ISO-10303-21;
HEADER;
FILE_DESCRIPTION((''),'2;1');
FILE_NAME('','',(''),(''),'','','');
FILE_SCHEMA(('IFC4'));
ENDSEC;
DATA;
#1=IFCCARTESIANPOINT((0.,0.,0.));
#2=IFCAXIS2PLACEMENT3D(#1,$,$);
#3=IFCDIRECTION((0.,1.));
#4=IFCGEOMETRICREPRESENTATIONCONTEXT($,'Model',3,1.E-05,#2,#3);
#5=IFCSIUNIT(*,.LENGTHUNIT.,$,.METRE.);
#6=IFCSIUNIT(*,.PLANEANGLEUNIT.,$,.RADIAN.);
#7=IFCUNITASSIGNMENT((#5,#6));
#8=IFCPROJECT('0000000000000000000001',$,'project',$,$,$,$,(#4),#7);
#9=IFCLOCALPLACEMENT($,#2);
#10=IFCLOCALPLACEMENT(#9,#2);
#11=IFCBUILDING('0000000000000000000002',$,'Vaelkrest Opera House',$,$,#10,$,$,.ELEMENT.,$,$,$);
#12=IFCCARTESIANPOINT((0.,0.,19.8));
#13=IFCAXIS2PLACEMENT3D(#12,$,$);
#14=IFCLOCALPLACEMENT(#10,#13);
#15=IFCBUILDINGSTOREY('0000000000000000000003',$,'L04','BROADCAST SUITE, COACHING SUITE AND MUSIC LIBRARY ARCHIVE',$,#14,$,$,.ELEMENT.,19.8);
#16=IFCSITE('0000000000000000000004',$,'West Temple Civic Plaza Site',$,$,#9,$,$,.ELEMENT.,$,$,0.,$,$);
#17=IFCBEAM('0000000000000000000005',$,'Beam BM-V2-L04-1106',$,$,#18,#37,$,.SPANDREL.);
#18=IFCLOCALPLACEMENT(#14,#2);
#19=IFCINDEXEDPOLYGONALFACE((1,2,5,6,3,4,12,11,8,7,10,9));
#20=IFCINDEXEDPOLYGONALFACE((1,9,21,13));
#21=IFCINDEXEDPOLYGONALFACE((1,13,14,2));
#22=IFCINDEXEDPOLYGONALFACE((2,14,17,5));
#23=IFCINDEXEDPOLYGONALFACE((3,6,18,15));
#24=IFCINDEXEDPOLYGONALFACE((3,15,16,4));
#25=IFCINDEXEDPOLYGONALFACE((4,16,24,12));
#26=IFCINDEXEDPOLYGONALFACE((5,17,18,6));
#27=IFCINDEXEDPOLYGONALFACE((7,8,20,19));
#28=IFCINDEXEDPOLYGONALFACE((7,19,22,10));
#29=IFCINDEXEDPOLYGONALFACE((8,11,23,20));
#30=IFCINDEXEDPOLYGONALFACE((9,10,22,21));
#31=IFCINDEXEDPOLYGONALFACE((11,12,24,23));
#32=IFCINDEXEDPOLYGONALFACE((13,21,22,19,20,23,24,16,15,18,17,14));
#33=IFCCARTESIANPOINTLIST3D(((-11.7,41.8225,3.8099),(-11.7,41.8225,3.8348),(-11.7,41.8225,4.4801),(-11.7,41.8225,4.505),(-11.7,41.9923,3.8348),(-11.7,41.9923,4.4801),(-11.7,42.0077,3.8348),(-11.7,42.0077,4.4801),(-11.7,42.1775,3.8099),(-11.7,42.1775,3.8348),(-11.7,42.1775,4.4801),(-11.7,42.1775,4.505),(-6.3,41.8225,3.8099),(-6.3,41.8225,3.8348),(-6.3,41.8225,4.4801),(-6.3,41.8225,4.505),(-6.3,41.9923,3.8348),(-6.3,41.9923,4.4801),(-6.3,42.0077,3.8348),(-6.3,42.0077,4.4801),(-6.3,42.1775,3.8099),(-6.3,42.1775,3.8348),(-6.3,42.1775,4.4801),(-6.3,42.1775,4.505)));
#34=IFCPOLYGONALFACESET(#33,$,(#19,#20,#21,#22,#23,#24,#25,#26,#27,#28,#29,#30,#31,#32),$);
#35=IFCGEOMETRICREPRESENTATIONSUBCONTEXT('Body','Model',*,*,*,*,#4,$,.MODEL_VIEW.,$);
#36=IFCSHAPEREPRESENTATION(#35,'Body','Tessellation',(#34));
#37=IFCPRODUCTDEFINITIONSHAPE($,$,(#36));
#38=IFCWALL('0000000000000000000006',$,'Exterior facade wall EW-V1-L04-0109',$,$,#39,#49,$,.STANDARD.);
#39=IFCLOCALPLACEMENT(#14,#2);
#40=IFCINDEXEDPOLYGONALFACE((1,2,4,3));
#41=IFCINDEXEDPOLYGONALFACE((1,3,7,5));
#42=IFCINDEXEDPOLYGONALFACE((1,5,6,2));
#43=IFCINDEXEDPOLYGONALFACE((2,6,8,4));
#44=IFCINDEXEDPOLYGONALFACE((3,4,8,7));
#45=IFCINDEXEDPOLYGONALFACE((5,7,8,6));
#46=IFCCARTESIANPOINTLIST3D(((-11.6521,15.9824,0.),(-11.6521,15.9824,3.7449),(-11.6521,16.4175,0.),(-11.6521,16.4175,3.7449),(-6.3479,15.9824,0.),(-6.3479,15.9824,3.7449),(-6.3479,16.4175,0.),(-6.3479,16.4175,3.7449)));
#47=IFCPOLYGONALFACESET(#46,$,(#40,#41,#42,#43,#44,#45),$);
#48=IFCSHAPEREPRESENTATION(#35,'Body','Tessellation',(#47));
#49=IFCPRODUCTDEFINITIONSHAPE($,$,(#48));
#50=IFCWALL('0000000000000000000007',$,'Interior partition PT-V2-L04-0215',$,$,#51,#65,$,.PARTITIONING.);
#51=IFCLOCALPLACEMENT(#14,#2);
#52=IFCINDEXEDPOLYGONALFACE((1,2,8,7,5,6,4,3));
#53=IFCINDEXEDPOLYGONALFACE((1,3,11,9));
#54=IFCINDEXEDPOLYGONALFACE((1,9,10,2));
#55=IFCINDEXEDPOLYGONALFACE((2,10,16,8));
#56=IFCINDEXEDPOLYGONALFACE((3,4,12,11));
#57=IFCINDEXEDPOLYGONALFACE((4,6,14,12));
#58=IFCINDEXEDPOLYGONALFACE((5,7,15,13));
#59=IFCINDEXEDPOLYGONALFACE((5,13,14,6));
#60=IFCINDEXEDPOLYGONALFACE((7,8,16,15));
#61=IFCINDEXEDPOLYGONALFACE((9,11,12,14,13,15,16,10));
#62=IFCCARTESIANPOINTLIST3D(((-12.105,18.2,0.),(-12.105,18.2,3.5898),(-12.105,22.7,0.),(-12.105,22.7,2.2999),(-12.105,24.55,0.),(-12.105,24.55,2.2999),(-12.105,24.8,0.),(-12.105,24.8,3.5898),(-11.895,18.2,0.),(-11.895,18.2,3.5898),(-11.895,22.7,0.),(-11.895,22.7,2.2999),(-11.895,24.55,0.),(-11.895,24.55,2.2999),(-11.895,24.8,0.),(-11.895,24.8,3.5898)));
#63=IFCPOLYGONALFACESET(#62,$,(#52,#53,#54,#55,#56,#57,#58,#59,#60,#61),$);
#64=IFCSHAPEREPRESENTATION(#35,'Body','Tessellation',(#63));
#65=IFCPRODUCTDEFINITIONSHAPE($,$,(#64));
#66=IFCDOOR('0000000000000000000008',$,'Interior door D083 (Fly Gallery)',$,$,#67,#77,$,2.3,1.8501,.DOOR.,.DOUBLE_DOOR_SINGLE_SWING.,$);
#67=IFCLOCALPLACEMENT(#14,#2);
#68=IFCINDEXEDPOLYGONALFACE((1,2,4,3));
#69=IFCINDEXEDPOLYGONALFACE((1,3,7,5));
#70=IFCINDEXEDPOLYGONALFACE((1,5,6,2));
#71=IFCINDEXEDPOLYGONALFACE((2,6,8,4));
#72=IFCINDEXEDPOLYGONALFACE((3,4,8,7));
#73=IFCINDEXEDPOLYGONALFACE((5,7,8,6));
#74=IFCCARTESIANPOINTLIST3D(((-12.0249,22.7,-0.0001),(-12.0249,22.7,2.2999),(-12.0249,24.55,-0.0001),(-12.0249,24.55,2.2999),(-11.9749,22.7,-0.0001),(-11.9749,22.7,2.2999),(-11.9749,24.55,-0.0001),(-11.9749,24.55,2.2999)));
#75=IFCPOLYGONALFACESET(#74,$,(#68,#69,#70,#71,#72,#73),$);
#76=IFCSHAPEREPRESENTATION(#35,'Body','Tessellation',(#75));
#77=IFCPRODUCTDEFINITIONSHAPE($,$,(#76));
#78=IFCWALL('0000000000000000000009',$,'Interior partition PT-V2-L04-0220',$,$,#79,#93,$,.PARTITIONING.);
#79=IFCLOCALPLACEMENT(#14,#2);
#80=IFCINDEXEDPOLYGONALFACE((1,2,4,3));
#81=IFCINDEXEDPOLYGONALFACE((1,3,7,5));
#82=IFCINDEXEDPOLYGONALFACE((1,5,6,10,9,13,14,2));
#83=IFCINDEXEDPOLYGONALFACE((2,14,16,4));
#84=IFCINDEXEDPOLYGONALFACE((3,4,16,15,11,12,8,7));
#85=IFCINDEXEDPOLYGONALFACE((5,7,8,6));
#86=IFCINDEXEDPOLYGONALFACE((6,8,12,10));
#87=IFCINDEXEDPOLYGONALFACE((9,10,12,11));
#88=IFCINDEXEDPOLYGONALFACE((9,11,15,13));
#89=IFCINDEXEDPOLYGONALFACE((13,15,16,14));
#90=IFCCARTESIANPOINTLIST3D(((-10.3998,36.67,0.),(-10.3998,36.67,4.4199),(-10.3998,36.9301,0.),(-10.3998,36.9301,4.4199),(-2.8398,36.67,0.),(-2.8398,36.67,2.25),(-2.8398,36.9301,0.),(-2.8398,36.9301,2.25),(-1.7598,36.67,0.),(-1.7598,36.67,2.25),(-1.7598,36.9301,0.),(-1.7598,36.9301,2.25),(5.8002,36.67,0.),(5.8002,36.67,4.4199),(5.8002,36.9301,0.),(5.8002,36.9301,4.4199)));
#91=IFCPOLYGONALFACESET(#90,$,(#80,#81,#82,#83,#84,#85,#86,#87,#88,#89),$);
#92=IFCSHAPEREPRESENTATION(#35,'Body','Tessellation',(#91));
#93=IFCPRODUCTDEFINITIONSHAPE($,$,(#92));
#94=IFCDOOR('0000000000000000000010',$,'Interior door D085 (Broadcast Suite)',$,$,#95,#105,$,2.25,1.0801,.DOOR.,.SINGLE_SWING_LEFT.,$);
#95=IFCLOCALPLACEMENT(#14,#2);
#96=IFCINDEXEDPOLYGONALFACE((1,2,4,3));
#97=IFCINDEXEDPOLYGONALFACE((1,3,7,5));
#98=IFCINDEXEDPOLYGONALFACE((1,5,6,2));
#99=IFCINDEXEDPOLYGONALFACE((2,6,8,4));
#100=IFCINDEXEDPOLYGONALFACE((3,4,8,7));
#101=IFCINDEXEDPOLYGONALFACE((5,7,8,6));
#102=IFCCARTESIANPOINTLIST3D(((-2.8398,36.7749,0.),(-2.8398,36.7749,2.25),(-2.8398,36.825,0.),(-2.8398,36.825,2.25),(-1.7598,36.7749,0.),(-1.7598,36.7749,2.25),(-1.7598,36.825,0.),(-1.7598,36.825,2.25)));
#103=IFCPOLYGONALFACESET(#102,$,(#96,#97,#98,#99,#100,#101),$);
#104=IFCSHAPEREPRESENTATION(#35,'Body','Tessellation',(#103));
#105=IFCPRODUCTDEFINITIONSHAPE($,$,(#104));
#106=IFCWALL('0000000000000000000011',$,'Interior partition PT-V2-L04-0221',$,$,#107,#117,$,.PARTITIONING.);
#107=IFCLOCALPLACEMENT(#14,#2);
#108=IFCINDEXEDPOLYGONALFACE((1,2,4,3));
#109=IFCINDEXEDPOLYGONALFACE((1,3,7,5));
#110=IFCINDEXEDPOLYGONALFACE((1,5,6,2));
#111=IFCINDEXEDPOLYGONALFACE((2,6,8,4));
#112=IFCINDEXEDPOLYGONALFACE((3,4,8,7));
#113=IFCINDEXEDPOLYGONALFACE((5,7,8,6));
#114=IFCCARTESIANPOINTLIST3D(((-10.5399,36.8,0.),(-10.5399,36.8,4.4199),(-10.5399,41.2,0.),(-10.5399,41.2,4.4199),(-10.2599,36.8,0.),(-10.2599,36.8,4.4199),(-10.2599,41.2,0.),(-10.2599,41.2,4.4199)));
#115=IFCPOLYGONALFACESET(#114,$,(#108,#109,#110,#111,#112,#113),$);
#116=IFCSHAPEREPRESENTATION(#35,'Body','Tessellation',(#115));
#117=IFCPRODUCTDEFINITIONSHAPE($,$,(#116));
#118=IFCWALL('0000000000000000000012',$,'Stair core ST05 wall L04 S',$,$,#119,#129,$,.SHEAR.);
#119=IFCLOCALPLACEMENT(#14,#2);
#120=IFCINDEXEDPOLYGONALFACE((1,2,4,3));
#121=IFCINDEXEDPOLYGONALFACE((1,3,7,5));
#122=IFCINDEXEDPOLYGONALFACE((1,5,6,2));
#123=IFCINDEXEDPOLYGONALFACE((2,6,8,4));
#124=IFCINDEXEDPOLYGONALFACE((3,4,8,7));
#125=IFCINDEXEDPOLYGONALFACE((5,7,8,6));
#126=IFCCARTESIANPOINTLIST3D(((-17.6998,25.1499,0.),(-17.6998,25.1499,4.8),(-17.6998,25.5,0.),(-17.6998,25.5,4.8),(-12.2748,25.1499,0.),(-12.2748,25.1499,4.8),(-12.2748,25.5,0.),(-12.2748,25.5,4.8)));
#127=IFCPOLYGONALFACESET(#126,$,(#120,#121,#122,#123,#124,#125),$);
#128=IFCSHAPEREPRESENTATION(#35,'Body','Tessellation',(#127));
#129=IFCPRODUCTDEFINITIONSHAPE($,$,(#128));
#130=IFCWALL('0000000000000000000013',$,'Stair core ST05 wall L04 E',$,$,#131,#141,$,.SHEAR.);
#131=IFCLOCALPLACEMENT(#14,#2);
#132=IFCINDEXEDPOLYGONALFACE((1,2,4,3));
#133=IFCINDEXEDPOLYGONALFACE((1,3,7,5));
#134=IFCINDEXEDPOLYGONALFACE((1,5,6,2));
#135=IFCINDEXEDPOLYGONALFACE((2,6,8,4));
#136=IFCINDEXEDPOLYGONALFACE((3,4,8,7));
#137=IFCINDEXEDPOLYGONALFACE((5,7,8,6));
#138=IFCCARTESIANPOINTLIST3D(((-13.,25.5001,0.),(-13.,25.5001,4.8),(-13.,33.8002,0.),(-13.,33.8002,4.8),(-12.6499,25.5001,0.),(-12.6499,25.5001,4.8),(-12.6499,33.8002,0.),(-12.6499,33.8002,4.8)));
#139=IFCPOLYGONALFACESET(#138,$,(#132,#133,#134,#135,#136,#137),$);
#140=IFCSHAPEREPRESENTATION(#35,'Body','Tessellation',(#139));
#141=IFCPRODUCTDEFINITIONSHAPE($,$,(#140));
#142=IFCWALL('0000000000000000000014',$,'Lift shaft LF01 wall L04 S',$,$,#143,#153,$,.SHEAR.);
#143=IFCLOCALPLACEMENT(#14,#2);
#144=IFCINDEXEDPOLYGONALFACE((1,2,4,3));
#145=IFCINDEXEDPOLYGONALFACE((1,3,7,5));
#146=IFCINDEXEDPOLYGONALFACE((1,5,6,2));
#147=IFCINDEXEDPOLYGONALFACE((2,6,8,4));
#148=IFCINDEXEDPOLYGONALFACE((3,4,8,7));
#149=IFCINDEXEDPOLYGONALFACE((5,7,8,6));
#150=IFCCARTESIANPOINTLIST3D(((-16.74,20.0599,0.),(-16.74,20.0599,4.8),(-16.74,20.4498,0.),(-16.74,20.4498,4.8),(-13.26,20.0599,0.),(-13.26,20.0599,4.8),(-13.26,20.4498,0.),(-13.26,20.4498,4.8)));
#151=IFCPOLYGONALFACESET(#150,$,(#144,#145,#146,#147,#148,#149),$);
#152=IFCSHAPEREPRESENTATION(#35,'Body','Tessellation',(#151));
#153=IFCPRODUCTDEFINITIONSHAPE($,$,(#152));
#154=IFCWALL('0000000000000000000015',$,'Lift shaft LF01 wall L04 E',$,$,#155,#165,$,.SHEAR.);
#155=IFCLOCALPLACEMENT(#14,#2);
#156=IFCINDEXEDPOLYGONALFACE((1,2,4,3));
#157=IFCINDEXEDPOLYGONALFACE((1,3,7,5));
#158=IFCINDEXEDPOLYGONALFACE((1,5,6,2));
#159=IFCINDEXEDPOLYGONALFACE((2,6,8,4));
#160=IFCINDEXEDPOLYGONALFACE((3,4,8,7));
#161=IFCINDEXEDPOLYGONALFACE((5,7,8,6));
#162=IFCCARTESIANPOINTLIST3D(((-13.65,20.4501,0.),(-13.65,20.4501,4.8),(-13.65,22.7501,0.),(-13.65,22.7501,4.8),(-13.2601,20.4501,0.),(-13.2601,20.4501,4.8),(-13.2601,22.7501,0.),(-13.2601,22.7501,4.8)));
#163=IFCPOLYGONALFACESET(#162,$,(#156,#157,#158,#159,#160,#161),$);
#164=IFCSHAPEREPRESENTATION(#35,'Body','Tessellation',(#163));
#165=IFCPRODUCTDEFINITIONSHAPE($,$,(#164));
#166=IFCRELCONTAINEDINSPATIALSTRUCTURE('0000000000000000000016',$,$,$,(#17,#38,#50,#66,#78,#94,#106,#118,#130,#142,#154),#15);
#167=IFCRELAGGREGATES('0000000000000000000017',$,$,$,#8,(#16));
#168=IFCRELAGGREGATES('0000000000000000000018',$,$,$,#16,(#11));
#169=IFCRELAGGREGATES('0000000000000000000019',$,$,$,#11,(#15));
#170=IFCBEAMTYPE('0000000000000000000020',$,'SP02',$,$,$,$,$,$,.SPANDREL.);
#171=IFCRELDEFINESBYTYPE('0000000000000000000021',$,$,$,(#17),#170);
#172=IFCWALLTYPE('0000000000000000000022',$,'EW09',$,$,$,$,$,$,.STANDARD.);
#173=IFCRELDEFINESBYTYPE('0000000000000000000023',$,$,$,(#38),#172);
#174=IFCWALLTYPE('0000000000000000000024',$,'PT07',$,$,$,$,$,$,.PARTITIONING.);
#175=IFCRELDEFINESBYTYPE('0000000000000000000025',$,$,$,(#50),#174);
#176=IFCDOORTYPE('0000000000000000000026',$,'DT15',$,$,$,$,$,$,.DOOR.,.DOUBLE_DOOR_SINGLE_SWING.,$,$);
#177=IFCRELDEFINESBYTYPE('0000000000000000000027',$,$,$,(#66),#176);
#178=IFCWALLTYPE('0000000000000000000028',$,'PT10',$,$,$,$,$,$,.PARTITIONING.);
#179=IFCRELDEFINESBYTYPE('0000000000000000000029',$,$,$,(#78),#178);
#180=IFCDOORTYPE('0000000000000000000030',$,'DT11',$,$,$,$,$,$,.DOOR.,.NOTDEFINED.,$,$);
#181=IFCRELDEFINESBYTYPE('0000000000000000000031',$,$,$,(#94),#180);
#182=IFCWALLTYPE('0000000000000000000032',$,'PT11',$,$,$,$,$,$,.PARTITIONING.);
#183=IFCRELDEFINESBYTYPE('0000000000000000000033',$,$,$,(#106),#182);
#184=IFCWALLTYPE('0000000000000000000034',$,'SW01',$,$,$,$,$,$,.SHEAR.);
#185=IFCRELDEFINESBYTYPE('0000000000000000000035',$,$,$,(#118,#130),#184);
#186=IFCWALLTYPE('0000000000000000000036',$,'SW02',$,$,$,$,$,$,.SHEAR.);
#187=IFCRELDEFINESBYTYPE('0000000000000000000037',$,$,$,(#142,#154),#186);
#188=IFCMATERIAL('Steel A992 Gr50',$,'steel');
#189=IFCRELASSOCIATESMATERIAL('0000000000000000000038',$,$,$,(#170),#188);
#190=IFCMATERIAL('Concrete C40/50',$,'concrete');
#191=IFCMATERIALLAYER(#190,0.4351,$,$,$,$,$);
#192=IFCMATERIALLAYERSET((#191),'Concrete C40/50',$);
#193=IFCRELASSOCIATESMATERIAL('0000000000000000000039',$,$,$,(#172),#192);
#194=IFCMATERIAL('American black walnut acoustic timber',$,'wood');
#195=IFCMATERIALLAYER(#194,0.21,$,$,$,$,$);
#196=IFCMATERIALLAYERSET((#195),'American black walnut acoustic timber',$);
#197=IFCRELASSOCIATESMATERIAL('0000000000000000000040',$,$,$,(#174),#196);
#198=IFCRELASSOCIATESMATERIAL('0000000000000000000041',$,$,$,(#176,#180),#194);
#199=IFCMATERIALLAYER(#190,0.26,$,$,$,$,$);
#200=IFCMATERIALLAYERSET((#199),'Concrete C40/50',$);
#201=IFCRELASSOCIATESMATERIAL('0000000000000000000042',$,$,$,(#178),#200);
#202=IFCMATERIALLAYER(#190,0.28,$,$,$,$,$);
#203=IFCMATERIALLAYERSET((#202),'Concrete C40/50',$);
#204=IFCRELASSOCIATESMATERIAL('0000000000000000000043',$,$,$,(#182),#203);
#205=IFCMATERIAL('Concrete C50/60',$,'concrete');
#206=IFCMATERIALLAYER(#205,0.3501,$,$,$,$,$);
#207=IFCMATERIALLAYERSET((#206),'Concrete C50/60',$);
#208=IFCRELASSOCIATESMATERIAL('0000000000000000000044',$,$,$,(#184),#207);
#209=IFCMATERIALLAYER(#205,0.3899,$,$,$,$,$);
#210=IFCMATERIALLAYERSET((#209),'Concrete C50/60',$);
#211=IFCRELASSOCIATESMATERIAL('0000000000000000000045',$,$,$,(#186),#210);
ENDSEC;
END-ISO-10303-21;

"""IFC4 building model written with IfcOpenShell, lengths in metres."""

from ifc_helpers import new_model, si_unit, direction, frame, frame_2d, origin, origin_2d, place, context, subcontext, project, spatial, rectangle, i_section, extrude, material, layer, layer_set, material_profile, profile_set, type_object, element, fill, save


model = new_model("IFC4")

# Units and contexts
model_context = context("Model", 3, precision=1e-05, world=origin(), true_north=direction((0.0, 1.0)))
body_context = subcontext(model_context, "Body", "Model", "MODEL_VIEW")
ifc_project = project(units=[si_unit("LENGTHUNIT", "METRE"), si_unit("PLANEANGLEUNIT", "RADIAN")], contexts=[model_context])

# Site, building, storey
site_placement = place(None, origin())
site = spatial("IfcSite", under=ifc_project, at=site_placement, Name="West Temple Civic Plaza Site", CompositionType="ELEMENT", RefElevation=0.0)
building_placement = place(site_placement, origin())
building = spatial("IfcBuilding", under=site, at=building_placement, Name="Vaelkrest Opera House", CompositionType="ELEMENT")
storey_placement = place(building_placement, frame((0.0, 0.0, 19.8)))
storey = spatial("IfcBuildingStorey", under=building, at=storey_placement, Name="L04", Description="BROADCAST SUITE, COACHING SUITE AND MUSIC LIBRARY ARCHIVE", CompositionType="ELEMENT", Elevation=19.8)

# Shared definitions
ifc_material_1 = material(Name="Concrete C50/60", Category="concrete")

# Beam
ifc_material_2 = material(Name="Steel A992 Gr50", Category="steel")
ifc_material_profile_1 = material_profile(ifc_material_2, i_section(OverallWidth=0.355, OverallDepth=0.6951, WebThickness=0.0154, FlangeThickness=0.0249, at=origin_2d()), Name="W27X146")
ifc_profile_set_1 = profile_set([ifc_material_profile_1], Name="Steel A992 Gr50")
beam_type_1 = type_object("IfcBeamType", Name="SP02", PredefinedType="SPANDREL", material=ifc_profile_set_1)
for number, where, z_axis, x_axis, name in (
    (1, (-11.7, 42.0, 4.1575), (1.0, 0.0, 0.0), (0.0, 1.0, 0.0), "Beam BM-V2-L04-1106"),
):
    element("IfcBeam", number, at=place(storey_placement, frame(where, z_axis=z_axis, x_axis=x_axis)), inside=storey, type_object=beam_type_1, Name=name, PredefinedType="SPANDREL", context=body_context, shape_type="SweptSolid", body=[
        extrude(i_section(OverallWidth=0.355, OverallDepth=0.6951, WebThickness=0.0154, FlangeThickness=0.0249, at=origin_2d()), origin(), (0.0, 0.0, 1.0), 5.3999),
    ])

# Wall
ifc_material_3 = material(Name="Concrete C40/50", Category="concrete")
ifc_layer_1 = layer(ifc_material_3, 0.4351)
ifc_layer_set_1 = layer_set([ifc_layer_1], Name="Concrete C40/50")
wall_type_1 = type_object("IfcWallType", Name="EW09", PredefinedType="STANDARD", material=ifc_layer_set_1)
wall_1_placement = place(storey_placement, frame((-11.6521, 16.2, 0.0), z_axis=(0.0, 0.0, 1.0), x_axis=(1.0, 0.0, 0.0)))
element("IfcWall", 2, at=wall_1_placement, inside=storey, type_object=wall_type_1, Name="Exterior facade wall EW-V1-L04-0109", PredefinedType="STANDARD", context=body_context, shape_type="SweptSolid", body=[
    extrude(rectangle(XDim=5.3042, YDim=0.4351, at=frame_2d((2.6521, 0.0))), origin(), (0.0, 0.0, 1.0), 3.7449),
])

# Walls, openings, doors
ifc_material_4 = material(Name="American black walnut acoustic timber", Category="wood")
ifc_layer_2 = layer(ifc_material_4, 0.21)
ifc_layer_set_2 = layer_set([ifc_layer_2], Name="American black walnut acoustic timber")
wall_type_2 = type_object("IfcWallType", Name="PT07", PredefinedType="PARTITIONING", material=ifc_layer_set_2)
wall_2_placement = place(storey_placement, frame((-12.0, 18.2, 0.0), z_axis=(0.0, 0.0, 1.0), x_axis=(0.0, 1.0, 0.0)))
wall_2 = element("IfcWall", 3, at=wall_2_placement, inside=storey, type_object=wall_type_2, Name="Interior partition PT-V2-L04-0215", PredefinedType="PARTITIONING", context=body_context, shape_type="SweptSolid", body=[
    extrude(rectangle(XDim=6.6001, YDim=0.21, at=frame_2d((3.3, 0.0))), origin(), (0.0, 0.0, 1.0), 3.5898),
])
opening_1_placement = place(wall_2_placement, frame((4.5, 0.0, 0.0)))
opening_1 = element("IfcOpeningElement", 4, at=opening_1_placement, cuts=wall_2, PredefinedType="OPENING", context=body_context, shape_type="SweptSolid", body=[
    extrude(rectangle(XDim=1.8501, YDim=2.3, at=frame_2d((0.925, 1.1499))), frame((0.0, 0.115, 0.0), z_axis=(0.0, -1.0, 0.0), x_axis=(1.0, 0.0, 0.0)), (0.0, 0.0, 1.0), 0.23),
])
door_type_1 = type_object("IfcDoorType", Name="DT15", OperationType="DOUBLE_DOOR_SINGLE_SWING", PredefinedType="DOOR", material=ifc_material_4)
door_1_placement = place(opening_1_placement, origin())
door_1 = element("IfcDoor", 5, at=door_1_placement, inside=storey, type_object=door_type_1, Name="Interior door D083 (Fly Gallery)", OperationType="DOUBLE_DOOR_SINGLE_SWING", OverallHeight=2.3, OverallWidth=1.8501, PredefinedType="DOOR", context=body_context, shape_type="SweptSolid", body=[
    extrude(rectangle(XDim=1.8501, YDim=2.3, at=frame_2d((0.925, 1.1499))), frame((0.0, 0.0249, 0.0), z_axis=(0.0, -1.0, 0.0), x_axis=(1.0, 0.0, 0.0)), (0.0, 0.0, 1.0), 0.05),
])
fill(opening_1, door_1)
ifc_layer_3 = layer(ifc_material_3, 0.26)
ifc_layer_set_3 = layer_set([ifc_layer_3], Name="Concrete C40/50")
wall_type_3 = type_object("IfcWallType", Name="PT10", PredefinedType="PARTITIONING", material=ifc_layer_set_3)
wall_3_placement = place(storey_placement, frame((-10.3999, 36.8, 0.0), z_axis=(0.0, 0.0, 1.0), x_axis=(1.0, 0.0, 0.0)))
wall_3 = element("IfcWall", 6, at=wall_3_placement, inside=storey, type_object=wall_type_3, Name="Interior partition PT-V2-L04-0220", PredefinedType="PARTITIONING", context=body_context, shape_type="SweptSolid", body=[
    extrude(rectangle(XDim=16.2, YDim=0.26, at=frame_2d((8.1001, 0.0))), origin(), (0.0, 0.0, 1.0), 4.4199),
])
opening_2_placement = place(wall_3_placement, frame((7.5601, 0.0, 0.0)))
opening_2 = element("IfcOpeningElement", 7, at=opening_2_placement, cuts=wall_3, PredefinedType="OPENING", context=body_context, shape_type="SweptSolid", body=[
    extrude(rectangle(XDim=1.0801, YDim=2.25, at=frame_2d((0.54, 1.125))), frame((0.0, 0.1399, 0.0), z_axis=(0.0, -1.0, 0.0), x_axis=(1.0, 0.0, 0.0)), (0.0, 0.0, 1.0), 0.28),
])
door_type_2 = type_object("IfcDoorType", Name="DT11", OperationType="NOTDEFINED", PredefinedType="DOOR", material=ifc_material_4)
door_2_placement = place(opening_2_placement, origin())
door_2 = element("IfcDoor", 8, at=door_2_placement, inside=storey, type_object=door_type_2, Name="Interior door D085 (Broadcast Suite)", OperationType="SINGLE_SWING_LEFT", OverallHeight=2.25, OverallWidth=1.0801, PredefinedType="DOOR", context=body_context, shape_type="SweptSolid", body=[
    extrude(rectangle(XDim=1.0801, YDim=2.25, at=frame_2d((0.54, 1.125))), frame((0.0, 0.0249, 0.0), z_axis=(0.0, -1.0, 0.0), x_axis=(1.0, 0.0, 0.0)), (0.0, 0.0, 1.0), 0.05),
])
fill(opening_2, door_2)

# Walls
ifc_layer_4 = layer(ifc_material_3, 0.28)
ifc_layer_set_4 = layer_set([ifc_layer_4], Name="Concrete C40/50")
wall_type_4 = type_object("IfcWallType", Name="PT11", PredefinedType="PARTITIONING", material=ifc_layer_set_4)
wall_4_placement = place(storey_placement, frame((-10.3999, 36.8, 0.0), z_axis=(0.0, 0.0, 1.0), x_axis=(0.0, 1.0, 0.0)))
element("IfcWall", 9, at=wall_4_placement, inside=storey, type_object=wall_type_4, Name="Interior partition PT-V2-L04-0221", PredefinedType="PARTITIONING", context=body_context, shape_type="SweptSolid", body=[
    extrude(rectangle(XDim=4.3999, YDim=0.28, at=frame_2d((2.2, 0.0))), origin(), (0.0, 0.0, 1.0), 4.4199),
])
ifc_layer_5 = layer(ifc_material_1, 0.3501)
ifc_layer_set_5 = layer_set([ifc_layer_5], Name="Concrete C50/60")
wall_type_5 = type_object("IfcWallType", Name="SW01", PredefinedType="SHEAR", material=ifc_layer_set_5)
wall_5_placement = place(storey_placement, frame((-12.2749, 25.325, 0.0), z_axis=(0.0, 0.0, 1.0), x_axis=(-1.0, 0.0, 0.0)))
element("IfcWall", 10, at=wall_5_placement, inside=storey, type_object=wall_type_5, Name="Stair core ST05 wall L04 S", PredefinedType="SHEAR", context=body_context, shape_type="SweptSolid", body=[
    extrude(rectangle(XDim=5.425, YDim=0.3501, at=frame_2d((2.7124, 0.0))), origin(), (0.0, 0.0, 1.0), 4.8),
])
wall_6_placement = place(storey_placement, frame((-12.825, 33.8, 0.0), z_axis=(0.0, 0.0, 1.0), x_axis=(0.0, -1.0, 0.0)))
element("IfcWall", 11, at=wall_6_placement, inside=storey, type_object=wall_type_5, Name="Stair core ST05 wall L04 E", PredefinedType="SHEAR", context=body_context, shape_type="SweptSolid", body=[
    extrude(rectangle(XDim=8.3, YDim=0.3501, at=frame_2d((4.1499, 0.0))), origin(), (0.0, 0.0, 1.0), 4.8),
])
ifc_layer_6 = layer(ifc_material_1, 0.3899)
ifc_layer_set_6 = layer_set([ifc_layer_6], Name="Concrete C50/60")
wall_type_6 = type_object("IfcWallType", Name="SW02", PredefinedType="SHEAR", material=ifc_layer_set_6)
wall_7_placement = place(storey_placement, frame((-13.26, 20.2549, 0.0), z_axis=(0.0, 0.0, 1.0), x_axis=(-1.0, 0.0, 0.0)))
element("IfcWall", 12, at=wall_7_placement, inside=storey, type_object=wall_type_6, Name="Lift shaft LF01 wall L04 S", PredefinedType="SHEAR", context=body_context, shape_type="SweptSolid", body=[
    extrude(rectangle(XDim=3.48, YDim=0.3899, at=frame_2d((1.74, 0.0))), origin(), (0.0, 0.0, 1.0), 4.8),
])
wall_8_placement = place(storey_placement, frame((-13.4551, 22.75, 0.0), z_axis=(0.0, 0.0, 1.0), x_axis=(0.0, -1.0, 0.0)))
element("IfcWall", 13, at=wall_8_placement, inside=storey, type_object=wall_type_6, Name="Lift shaft LF01 wall L04 E", PredefinedType="SHEAR", context=body_context, shape_type="SweptSolid", body=[
    extrude(rectangle(XDim=2.3, YDim=0.3899, at=frame_2d((1.1499, 0.0))), origin(), (0.0, 0.0, 1.0), 4.8),
])

save(model, "model.ifc")
